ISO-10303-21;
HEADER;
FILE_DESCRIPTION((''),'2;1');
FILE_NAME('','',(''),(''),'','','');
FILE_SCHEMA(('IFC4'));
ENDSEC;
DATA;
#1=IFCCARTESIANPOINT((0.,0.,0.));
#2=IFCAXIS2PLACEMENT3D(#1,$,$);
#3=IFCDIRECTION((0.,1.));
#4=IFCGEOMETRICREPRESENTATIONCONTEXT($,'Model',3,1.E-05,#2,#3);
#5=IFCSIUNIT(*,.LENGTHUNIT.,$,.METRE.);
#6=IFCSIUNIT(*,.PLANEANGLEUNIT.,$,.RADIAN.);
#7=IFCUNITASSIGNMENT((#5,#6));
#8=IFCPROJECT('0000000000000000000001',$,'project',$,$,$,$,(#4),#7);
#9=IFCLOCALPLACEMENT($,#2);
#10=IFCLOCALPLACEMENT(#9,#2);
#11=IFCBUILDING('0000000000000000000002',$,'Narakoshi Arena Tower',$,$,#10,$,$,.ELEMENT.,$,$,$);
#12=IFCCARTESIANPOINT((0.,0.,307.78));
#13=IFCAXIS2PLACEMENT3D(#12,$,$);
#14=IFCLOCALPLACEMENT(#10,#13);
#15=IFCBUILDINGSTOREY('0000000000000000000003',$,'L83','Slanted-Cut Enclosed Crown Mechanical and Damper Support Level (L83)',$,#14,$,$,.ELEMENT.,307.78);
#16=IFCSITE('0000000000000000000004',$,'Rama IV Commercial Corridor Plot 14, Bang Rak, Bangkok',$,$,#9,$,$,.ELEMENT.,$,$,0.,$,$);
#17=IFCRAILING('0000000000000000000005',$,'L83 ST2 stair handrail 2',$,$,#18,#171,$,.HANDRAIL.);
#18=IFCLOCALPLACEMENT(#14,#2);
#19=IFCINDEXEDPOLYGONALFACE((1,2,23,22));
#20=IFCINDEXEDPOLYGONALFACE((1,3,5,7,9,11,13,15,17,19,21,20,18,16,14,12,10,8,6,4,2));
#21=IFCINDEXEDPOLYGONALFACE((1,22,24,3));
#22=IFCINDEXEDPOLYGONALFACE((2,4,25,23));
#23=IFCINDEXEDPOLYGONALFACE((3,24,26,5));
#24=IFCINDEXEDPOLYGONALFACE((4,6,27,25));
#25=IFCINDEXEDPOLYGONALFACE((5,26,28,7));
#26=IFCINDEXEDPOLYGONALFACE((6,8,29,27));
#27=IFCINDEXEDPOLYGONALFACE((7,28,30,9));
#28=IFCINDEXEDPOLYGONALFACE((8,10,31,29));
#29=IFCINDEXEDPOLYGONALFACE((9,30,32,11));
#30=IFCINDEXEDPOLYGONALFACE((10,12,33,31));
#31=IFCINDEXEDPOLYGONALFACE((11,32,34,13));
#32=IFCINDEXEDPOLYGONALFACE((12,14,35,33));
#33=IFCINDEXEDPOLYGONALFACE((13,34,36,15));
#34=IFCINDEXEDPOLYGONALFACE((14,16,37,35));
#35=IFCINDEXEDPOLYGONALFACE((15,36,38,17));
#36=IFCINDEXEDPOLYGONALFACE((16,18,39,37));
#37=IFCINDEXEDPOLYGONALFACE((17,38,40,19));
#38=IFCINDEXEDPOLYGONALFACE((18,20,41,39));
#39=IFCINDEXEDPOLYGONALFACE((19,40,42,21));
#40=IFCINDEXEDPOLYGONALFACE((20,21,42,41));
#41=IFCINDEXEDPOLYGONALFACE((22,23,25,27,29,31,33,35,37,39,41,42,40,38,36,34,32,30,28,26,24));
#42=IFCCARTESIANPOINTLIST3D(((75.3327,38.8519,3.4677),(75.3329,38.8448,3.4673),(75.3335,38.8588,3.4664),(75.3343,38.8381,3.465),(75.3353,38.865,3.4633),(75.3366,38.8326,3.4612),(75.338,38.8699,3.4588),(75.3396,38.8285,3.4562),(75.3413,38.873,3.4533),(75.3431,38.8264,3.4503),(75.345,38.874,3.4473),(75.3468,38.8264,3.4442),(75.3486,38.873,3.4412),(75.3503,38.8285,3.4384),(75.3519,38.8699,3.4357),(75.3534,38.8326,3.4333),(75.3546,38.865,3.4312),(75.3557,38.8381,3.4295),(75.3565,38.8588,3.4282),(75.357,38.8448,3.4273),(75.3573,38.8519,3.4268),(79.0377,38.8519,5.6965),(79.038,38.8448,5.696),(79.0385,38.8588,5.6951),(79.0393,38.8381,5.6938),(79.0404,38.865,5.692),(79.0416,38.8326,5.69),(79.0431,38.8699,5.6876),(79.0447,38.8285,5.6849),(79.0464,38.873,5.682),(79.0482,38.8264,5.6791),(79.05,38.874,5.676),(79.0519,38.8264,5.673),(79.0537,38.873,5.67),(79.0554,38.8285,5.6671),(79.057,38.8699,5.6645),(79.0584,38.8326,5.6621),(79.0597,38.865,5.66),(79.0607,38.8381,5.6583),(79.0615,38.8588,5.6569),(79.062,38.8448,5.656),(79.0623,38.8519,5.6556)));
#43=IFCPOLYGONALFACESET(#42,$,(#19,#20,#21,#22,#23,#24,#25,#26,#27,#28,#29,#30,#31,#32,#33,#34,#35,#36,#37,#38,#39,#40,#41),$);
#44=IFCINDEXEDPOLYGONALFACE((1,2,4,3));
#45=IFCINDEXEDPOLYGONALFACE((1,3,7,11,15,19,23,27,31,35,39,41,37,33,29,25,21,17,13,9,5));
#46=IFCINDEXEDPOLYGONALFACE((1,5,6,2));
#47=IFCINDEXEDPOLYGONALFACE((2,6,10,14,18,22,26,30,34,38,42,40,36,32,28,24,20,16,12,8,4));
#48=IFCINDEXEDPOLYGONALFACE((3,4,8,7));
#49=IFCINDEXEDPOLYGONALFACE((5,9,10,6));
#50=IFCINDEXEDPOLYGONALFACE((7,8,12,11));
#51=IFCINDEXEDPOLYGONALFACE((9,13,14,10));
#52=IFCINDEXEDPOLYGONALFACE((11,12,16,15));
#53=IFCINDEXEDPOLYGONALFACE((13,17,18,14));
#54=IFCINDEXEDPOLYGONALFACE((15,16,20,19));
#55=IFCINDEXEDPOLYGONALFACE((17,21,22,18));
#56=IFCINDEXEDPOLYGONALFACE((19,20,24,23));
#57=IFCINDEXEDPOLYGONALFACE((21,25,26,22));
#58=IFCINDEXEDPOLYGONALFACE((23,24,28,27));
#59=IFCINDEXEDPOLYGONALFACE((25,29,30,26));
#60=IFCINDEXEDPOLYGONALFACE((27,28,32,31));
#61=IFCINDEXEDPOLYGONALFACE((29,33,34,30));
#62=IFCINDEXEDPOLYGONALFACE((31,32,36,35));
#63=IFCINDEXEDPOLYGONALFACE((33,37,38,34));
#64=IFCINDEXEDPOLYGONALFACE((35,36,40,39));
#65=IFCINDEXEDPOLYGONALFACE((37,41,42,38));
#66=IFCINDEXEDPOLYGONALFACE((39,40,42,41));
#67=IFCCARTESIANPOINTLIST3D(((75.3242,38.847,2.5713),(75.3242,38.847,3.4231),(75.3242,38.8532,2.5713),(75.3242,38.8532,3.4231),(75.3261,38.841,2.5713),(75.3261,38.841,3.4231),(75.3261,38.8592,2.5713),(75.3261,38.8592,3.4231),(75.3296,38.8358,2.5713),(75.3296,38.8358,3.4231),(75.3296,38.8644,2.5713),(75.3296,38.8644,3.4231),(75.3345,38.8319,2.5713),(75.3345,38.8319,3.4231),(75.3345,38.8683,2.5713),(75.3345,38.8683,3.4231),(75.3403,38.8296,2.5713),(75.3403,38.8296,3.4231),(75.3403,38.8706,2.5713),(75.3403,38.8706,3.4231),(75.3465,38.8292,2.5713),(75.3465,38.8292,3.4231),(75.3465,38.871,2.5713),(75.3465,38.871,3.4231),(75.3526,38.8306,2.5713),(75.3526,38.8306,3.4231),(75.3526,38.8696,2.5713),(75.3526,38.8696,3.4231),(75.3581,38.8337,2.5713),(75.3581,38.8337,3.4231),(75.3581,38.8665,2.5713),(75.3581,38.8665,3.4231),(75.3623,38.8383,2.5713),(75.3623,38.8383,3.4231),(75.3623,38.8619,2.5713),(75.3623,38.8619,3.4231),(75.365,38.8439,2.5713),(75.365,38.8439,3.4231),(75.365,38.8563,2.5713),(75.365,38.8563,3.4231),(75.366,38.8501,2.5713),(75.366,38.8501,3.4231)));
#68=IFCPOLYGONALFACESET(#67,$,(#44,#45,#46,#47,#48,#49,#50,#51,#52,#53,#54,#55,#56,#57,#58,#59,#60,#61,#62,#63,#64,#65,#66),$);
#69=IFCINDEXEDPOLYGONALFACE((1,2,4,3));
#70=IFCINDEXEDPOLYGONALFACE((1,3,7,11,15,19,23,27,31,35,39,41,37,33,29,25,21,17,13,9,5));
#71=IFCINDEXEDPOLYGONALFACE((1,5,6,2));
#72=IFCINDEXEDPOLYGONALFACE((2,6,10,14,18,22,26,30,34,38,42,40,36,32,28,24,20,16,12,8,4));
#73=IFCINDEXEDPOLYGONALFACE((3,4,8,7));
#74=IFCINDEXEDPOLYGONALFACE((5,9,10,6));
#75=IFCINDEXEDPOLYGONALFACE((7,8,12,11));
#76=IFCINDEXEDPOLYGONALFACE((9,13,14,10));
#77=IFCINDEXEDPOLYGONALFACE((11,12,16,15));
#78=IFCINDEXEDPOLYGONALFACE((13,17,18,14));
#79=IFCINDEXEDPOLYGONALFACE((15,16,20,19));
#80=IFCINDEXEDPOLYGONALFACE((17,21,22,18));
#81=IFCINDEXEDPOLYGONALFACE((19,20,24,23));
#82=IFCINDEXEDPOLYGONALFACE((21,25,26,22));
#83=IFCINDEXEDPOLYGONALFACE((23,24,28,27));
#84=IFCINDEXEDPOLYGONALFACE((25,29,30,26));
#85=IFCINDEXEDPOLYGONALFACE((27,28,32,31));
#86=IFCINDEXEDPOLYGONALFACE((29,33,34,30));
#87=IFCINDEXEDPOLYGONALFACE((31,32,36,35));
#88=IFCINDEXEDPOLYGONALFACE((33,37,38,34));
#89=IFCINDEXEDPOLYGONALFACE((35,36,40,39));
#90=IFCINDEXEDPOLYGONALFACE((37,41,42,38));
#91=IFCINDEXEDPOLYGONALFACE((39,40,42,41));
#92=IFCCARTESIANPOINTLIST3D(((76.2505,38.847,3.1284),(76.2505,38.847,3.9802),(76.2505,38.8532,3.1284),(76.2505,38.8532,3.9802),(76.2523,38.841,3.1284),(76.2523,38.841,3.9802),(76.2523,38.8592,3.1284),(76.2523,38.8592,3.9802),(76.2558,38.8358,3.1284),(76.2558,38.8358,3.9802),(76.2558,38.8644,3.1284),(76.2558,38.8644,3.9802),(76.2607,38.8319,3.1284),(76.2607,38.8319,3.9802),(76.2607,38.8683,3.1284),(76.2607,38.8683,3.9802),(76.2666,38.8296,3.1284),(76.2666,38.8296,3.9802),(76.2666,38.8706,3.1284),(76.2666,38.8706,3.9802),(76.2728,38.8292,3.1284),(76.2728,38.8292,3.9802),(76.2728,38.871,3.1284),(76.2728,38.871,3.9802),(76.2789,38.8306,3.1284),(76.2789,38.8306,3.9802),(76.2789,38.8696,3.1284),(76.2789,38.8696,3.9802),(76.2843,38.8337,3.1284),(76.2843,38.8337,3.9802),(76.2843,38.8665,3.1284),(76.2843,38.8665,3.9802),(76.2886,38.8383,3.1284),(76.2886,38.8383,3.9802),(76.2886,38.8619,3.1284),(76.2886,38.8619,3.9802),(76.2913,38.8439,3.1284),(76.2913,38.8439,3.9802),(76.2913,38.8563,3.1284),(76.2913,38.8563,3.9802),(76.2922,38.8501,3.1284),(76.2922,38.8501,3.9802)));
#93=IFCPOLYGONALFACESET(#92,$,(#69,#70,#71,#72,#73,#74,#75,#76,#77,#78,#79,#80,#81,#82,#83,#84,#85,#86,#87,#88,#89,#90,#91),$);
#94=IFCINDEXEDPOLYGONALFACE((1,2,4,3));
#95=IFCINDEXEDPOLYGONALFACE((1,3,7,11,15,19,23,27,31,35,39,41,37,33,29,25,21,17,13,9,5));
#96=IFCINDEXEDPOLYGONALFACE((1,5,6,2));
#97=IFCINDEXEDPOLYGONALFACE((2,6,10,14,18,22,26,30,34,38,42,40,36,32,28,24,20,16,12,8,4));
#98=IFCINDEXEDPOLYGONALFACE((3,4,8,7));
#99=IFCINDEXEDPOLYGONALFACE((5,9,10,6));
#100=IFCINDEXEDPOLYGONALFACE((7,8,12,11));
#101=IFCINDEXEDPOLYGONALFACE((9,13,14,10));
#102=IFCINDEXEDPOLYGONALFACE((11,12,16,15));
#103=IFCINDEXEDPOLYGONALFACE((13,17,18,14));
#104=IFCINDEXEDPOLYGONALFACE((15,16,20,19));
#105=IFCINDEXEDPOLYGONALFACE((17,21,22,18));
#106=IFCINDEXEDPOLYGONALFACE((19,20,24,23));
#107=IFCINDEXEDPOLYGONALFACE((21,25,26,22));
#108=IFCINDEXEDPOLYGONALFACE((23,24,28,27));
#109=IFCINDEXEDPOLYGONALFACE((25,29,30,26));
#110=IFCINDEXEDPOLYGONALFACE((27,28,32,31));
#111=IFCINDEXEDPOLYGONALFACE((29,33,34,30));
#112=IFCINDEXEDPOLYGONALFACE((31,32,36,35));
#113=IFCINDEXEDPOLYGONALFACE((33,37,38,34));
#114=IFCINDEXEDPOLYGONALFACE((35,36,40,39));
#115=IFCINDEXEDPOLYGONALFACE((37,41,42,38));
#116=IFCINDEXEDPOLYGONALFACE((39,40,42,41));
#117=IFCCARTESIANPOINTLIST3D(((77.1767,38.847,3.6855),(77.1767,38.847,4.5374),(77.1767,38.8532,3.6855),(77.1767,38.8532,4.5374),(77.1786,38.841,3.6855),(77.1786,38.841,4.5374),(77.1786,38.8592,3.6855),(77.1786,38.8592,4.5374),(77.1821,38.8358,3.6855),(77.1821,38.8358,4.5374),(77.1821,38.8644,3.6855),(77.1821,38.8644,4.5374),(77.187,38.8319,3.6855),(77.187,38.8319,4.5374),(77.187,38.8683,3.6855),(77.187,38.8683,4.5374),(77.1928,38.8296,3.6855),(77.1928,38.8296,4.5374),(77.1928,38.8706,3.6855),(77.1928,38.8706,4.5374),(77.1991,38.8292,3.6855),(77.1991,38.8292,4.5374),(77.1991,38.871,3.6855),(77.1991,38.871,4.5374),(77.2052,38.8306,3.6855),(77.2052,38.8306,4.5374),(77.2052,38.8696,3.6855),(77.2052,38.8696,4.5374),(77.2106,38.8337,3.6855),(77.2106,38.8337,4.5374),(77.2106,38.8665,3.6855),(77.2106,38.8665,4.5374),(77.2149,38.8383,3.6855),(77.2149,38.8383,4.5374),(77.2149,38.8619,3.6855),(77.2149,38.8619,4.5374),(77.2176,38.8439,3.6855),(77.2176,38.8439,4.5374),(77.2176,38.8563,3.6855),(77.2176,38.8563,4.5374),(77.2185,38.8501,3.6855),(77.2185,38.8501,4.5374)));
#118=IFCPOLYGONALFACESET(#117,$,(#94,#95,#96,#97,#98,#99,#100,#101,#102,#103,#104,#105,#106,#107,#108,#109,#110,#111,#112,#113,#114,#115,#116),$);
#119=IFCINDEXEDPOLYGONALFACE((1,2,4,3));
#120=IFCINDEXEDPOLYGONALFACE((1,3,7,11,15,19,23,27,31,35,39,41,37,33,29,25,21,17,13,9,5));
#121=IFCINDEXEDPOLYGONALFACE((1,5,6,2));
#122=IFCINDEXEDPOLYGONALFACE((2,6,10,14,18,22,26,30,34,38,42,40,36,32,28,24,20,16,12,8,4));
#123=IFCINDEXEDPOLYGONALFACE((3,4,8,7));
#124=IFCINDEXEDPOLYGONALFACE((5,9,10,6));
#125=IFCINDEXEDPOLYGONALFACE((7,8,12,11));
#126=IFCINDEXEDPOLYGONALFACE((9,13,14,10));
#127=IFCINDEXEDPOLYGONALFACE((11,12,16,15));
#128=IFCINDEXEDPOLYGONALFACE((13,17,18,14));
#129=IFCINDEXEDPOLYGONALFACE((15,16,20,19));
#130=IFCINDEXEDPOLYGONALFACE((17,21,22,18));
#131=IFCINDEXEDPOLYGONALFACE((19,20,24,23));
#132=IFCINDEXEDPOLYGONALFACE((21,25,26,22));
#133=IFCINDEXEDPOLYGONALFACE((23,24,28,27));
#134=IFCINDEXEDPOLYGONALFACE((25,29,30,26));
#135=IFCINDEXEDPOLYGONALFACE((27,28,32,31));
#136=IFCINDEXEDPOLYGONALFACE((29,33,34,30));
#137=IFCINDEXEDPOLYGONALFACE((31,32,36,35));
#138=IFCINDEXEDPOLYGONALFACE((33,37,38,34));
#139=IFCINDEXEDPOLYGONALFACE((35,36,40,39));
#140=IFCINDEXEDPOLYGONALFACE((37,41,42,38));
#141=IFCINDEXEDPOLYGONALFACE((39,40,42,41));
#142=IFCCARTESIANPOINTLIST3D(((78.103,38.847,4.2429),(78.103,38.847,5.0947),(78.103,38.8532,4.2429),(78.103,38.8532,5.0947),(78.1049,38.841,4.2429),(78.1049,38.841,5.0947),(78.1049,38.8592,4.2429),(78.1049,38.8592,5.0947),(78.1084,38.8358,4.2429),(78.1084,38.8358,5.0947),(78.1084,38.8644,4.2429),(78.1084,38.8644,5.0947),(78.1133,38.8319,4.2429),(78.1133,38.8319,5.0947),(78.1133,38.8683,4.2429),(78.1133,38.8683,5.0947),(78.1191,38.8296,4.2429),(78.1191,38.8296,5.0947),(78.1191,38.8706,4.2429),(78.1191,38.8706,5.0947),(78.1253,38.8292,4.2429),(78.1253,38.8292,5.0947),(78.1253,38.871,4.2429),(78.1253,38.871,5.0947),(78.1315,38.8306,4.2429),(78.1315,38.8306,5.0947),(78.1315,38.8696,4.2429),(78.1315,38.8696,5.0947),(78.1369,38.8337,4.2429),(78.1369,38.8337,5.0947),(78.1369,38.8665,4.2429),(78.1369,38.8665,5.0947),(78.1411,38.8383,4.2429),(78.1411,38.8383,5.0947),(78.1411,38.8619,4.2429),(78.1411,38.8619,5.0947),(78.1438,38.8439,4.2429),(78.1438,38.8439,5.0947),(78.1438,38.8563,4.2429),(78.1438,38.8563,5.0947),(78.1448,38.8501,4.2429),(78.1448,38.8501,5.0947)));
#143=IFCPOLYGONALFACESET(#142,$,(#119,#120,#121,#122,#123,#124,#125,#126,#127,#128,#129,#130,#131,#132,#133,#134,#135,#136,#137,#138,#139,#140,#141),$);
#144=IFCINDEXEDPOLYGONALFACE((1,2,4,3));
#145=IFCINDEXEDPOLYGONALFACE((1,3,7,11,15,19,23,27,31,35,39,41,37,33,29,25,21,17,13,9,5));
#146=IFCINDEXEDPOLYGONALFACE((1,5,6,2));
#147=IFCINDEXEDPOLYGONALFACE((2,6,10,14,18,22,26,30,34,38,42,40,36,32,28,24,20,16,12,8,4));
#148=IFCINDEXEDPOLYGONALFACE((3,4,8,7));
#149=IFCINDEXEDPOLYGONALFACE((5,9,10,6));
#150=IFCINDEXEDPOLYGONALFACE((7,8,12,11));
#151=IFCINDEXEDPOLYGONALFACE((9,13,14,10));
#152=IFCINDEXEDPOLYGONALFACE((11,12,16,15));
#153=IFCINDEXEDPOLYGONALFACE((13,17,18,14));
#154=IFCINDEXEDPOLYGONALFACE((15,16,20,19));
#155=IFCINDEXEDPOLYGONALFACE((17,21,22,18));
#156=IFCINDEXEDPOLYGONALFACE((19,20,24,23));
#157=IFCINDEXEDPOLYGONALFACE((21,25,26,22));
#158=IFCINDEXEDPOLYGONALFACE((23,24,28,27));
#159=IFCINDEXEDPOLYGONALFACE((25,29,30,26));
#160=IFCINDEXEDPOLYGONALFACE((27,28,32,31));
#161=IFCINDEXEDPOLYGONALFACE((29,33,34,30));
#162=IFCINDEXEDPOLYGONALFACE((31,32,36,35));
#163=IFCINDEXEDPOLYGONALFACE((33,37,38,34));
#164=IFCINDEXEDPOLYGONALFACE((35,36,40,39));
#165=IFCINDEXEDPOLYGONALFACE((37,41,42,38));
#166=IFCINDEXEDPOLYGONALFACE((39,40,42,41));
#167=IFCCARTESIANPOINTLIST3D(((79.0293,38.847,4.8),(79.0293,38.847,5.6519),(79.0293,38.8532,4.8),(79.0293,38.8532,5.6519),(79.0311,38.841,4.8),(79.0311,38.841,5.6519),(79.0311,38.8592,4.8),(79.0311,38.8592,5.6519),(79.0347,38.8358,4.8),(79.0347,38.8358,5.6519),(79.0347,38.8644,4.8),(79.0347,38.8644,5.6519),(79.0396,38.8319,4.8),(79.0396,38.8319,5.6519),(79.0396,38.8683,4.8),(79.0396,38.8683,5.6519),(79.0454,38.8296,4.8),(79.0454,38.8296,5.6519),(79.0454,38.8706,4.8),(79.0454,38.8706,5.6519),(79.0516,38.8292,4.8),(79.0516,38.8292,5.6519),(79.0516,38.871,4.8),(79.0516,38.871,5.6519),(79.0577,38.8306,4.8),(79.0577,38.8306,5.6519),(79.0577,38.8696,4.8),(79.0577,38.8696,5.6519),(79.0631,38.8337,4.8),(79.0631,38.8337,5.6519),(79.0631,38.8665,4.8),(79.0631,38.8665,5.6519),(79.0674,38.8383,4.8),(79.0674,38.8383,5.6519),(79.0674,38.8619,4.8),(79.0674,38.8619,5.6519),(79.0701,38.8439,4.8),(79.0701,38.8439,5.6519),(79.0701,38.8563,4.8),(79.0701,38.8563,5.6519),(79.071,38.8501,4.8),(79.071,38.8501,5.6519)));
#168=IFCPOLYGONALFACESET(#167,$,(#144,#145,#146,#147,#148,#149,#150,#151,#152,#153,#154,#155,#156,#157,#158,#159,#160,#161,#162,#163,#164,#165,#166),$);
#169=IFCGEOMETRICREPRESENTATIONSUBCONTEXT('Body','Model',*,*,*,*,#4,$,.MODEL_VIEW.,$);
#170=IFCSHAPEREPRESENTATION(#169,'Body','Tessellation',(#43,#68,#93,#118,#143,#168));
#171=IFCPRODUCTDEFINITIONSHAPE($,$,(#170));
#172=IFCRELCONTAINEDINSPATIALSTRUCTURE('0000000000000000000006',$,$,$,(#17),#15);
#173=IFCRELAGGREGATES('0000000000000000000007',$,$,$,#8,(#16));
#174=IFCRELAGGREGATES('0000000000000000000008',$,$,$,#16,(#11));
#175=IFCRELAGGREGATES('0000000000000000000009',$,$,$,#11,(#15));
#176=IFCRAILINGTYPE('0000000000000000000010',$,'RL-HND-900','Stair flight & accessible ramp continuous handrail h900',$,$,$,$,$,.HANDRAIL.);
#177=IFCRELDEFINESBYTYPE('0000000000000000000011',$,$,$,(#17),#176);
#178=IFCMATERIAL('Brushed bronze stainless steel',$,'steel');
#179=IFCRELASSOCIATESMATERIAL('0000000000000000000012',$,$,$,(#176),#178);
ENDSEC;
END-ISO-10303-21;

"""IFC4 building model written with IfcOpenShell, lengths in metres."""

from ifc_helpers import new_model, si_unit, direction, frame, origin, origin_2d, place, context, subcontext, project, spatial, circle, extrude, material, type_object, element, save


model = new_model("IFC4")

# Units and contexts
model_context = context("Model", 3, precision=1e-05, world=origin(), true_north=direction((0.0, 1.0)))
body_context = subcontext(model_context, "Body", "Model", "MODEL_VIEW")
ifc_project = project(units=[si_unit("LENGTHUNIT", "METRE"), si_unit("PLANEANGLEUNIT", "RADIAN")], contexts=[model_context])

# Site, building, storey
site_placement = place(None, origin())
site = spatial("IfcSite", under=ifc_project, at=site_placement, Name="Rama IV Commercial Corridor Plot 14, Bang Rak, Bangkok", CompositionType="ELEMENT", RefElevation=0.0)
building_placement = place(site_placement, origin())
building = spatial("IfcBuilding", under=site, at=building_placement, Name="Narakoshi Arena Tower", CompositionType="ELEMENT")
storey_placement = place(building_placement, frame((0.0, 0.0, 307.78)))
storey = spatial("IfcBuildingStorey", under=building, at=storey_placement, Name="L83", Description="Slanted-Cut Enclosed Crown Mechanical and Damper Support Level (L83)", CompositionType="ELEMENT", Elevation=307.78)

# Railing
ifc_material_1 = material(Name="Brushed bronze stainless steel", Category="steel")
railing_type_1 = type_object("IfcRailingType", Name="RL-HND-900", Description="Stair flight & accessible ramp continuous handrail h900", PredefinedType="HANDRAIL", material=ifc_material_1)
railing_1_placement = place(storey_placement, frame((75.345, 38.8501, 2.5713)))
element("IfcRailing", 1, at=railing_1_placement, inside=storey, type_object=railing_type_1, Name="L83 ST2 stair handrail 2", PredefinedType="HANDRAIL", context=body_context, shape_type="SweptSolid", body=[
    extrude(circle(Radius=0.0239, at=origin_2d()), frame((0.0, 0.0, 0.876), z_axis=(0.856909, 0.0, 0.515467), x_axis=(0.0, 1.0, 0.0)), (0.0, 0.0, 1.0), 4.3237),
    extrude(circle(Radius=0.021, at=origin_2d()), origin(), (0.0, 0.0, 1.0), 0.8518),
    extrude(circle(Radius=0.021, at=origin_2d()), frame((0.9263, 0.0, 0.5571)), (0.0, 0.0, 1.0), 0.8518),
    extrude(circle(Radius=0.021, at=origin_2d()), frame((1.8525, 0.0, 1.1143)), (0.0, 0.0, 1.0), 0.8518),
    extrude(circle(Radius=0.021, at=origin_2d()), frame((2.7788, 0.0, 1.6716)), (0.0, 0.0, 1.0), 0.8518),
    extrude(circle(Radius=0.021, at=origin_2d()), frame((3.7051, 0.0, 2.2288)), (0.0, 0.0, 1.0), 0.8518),
])

save(model, "model.ifc")
